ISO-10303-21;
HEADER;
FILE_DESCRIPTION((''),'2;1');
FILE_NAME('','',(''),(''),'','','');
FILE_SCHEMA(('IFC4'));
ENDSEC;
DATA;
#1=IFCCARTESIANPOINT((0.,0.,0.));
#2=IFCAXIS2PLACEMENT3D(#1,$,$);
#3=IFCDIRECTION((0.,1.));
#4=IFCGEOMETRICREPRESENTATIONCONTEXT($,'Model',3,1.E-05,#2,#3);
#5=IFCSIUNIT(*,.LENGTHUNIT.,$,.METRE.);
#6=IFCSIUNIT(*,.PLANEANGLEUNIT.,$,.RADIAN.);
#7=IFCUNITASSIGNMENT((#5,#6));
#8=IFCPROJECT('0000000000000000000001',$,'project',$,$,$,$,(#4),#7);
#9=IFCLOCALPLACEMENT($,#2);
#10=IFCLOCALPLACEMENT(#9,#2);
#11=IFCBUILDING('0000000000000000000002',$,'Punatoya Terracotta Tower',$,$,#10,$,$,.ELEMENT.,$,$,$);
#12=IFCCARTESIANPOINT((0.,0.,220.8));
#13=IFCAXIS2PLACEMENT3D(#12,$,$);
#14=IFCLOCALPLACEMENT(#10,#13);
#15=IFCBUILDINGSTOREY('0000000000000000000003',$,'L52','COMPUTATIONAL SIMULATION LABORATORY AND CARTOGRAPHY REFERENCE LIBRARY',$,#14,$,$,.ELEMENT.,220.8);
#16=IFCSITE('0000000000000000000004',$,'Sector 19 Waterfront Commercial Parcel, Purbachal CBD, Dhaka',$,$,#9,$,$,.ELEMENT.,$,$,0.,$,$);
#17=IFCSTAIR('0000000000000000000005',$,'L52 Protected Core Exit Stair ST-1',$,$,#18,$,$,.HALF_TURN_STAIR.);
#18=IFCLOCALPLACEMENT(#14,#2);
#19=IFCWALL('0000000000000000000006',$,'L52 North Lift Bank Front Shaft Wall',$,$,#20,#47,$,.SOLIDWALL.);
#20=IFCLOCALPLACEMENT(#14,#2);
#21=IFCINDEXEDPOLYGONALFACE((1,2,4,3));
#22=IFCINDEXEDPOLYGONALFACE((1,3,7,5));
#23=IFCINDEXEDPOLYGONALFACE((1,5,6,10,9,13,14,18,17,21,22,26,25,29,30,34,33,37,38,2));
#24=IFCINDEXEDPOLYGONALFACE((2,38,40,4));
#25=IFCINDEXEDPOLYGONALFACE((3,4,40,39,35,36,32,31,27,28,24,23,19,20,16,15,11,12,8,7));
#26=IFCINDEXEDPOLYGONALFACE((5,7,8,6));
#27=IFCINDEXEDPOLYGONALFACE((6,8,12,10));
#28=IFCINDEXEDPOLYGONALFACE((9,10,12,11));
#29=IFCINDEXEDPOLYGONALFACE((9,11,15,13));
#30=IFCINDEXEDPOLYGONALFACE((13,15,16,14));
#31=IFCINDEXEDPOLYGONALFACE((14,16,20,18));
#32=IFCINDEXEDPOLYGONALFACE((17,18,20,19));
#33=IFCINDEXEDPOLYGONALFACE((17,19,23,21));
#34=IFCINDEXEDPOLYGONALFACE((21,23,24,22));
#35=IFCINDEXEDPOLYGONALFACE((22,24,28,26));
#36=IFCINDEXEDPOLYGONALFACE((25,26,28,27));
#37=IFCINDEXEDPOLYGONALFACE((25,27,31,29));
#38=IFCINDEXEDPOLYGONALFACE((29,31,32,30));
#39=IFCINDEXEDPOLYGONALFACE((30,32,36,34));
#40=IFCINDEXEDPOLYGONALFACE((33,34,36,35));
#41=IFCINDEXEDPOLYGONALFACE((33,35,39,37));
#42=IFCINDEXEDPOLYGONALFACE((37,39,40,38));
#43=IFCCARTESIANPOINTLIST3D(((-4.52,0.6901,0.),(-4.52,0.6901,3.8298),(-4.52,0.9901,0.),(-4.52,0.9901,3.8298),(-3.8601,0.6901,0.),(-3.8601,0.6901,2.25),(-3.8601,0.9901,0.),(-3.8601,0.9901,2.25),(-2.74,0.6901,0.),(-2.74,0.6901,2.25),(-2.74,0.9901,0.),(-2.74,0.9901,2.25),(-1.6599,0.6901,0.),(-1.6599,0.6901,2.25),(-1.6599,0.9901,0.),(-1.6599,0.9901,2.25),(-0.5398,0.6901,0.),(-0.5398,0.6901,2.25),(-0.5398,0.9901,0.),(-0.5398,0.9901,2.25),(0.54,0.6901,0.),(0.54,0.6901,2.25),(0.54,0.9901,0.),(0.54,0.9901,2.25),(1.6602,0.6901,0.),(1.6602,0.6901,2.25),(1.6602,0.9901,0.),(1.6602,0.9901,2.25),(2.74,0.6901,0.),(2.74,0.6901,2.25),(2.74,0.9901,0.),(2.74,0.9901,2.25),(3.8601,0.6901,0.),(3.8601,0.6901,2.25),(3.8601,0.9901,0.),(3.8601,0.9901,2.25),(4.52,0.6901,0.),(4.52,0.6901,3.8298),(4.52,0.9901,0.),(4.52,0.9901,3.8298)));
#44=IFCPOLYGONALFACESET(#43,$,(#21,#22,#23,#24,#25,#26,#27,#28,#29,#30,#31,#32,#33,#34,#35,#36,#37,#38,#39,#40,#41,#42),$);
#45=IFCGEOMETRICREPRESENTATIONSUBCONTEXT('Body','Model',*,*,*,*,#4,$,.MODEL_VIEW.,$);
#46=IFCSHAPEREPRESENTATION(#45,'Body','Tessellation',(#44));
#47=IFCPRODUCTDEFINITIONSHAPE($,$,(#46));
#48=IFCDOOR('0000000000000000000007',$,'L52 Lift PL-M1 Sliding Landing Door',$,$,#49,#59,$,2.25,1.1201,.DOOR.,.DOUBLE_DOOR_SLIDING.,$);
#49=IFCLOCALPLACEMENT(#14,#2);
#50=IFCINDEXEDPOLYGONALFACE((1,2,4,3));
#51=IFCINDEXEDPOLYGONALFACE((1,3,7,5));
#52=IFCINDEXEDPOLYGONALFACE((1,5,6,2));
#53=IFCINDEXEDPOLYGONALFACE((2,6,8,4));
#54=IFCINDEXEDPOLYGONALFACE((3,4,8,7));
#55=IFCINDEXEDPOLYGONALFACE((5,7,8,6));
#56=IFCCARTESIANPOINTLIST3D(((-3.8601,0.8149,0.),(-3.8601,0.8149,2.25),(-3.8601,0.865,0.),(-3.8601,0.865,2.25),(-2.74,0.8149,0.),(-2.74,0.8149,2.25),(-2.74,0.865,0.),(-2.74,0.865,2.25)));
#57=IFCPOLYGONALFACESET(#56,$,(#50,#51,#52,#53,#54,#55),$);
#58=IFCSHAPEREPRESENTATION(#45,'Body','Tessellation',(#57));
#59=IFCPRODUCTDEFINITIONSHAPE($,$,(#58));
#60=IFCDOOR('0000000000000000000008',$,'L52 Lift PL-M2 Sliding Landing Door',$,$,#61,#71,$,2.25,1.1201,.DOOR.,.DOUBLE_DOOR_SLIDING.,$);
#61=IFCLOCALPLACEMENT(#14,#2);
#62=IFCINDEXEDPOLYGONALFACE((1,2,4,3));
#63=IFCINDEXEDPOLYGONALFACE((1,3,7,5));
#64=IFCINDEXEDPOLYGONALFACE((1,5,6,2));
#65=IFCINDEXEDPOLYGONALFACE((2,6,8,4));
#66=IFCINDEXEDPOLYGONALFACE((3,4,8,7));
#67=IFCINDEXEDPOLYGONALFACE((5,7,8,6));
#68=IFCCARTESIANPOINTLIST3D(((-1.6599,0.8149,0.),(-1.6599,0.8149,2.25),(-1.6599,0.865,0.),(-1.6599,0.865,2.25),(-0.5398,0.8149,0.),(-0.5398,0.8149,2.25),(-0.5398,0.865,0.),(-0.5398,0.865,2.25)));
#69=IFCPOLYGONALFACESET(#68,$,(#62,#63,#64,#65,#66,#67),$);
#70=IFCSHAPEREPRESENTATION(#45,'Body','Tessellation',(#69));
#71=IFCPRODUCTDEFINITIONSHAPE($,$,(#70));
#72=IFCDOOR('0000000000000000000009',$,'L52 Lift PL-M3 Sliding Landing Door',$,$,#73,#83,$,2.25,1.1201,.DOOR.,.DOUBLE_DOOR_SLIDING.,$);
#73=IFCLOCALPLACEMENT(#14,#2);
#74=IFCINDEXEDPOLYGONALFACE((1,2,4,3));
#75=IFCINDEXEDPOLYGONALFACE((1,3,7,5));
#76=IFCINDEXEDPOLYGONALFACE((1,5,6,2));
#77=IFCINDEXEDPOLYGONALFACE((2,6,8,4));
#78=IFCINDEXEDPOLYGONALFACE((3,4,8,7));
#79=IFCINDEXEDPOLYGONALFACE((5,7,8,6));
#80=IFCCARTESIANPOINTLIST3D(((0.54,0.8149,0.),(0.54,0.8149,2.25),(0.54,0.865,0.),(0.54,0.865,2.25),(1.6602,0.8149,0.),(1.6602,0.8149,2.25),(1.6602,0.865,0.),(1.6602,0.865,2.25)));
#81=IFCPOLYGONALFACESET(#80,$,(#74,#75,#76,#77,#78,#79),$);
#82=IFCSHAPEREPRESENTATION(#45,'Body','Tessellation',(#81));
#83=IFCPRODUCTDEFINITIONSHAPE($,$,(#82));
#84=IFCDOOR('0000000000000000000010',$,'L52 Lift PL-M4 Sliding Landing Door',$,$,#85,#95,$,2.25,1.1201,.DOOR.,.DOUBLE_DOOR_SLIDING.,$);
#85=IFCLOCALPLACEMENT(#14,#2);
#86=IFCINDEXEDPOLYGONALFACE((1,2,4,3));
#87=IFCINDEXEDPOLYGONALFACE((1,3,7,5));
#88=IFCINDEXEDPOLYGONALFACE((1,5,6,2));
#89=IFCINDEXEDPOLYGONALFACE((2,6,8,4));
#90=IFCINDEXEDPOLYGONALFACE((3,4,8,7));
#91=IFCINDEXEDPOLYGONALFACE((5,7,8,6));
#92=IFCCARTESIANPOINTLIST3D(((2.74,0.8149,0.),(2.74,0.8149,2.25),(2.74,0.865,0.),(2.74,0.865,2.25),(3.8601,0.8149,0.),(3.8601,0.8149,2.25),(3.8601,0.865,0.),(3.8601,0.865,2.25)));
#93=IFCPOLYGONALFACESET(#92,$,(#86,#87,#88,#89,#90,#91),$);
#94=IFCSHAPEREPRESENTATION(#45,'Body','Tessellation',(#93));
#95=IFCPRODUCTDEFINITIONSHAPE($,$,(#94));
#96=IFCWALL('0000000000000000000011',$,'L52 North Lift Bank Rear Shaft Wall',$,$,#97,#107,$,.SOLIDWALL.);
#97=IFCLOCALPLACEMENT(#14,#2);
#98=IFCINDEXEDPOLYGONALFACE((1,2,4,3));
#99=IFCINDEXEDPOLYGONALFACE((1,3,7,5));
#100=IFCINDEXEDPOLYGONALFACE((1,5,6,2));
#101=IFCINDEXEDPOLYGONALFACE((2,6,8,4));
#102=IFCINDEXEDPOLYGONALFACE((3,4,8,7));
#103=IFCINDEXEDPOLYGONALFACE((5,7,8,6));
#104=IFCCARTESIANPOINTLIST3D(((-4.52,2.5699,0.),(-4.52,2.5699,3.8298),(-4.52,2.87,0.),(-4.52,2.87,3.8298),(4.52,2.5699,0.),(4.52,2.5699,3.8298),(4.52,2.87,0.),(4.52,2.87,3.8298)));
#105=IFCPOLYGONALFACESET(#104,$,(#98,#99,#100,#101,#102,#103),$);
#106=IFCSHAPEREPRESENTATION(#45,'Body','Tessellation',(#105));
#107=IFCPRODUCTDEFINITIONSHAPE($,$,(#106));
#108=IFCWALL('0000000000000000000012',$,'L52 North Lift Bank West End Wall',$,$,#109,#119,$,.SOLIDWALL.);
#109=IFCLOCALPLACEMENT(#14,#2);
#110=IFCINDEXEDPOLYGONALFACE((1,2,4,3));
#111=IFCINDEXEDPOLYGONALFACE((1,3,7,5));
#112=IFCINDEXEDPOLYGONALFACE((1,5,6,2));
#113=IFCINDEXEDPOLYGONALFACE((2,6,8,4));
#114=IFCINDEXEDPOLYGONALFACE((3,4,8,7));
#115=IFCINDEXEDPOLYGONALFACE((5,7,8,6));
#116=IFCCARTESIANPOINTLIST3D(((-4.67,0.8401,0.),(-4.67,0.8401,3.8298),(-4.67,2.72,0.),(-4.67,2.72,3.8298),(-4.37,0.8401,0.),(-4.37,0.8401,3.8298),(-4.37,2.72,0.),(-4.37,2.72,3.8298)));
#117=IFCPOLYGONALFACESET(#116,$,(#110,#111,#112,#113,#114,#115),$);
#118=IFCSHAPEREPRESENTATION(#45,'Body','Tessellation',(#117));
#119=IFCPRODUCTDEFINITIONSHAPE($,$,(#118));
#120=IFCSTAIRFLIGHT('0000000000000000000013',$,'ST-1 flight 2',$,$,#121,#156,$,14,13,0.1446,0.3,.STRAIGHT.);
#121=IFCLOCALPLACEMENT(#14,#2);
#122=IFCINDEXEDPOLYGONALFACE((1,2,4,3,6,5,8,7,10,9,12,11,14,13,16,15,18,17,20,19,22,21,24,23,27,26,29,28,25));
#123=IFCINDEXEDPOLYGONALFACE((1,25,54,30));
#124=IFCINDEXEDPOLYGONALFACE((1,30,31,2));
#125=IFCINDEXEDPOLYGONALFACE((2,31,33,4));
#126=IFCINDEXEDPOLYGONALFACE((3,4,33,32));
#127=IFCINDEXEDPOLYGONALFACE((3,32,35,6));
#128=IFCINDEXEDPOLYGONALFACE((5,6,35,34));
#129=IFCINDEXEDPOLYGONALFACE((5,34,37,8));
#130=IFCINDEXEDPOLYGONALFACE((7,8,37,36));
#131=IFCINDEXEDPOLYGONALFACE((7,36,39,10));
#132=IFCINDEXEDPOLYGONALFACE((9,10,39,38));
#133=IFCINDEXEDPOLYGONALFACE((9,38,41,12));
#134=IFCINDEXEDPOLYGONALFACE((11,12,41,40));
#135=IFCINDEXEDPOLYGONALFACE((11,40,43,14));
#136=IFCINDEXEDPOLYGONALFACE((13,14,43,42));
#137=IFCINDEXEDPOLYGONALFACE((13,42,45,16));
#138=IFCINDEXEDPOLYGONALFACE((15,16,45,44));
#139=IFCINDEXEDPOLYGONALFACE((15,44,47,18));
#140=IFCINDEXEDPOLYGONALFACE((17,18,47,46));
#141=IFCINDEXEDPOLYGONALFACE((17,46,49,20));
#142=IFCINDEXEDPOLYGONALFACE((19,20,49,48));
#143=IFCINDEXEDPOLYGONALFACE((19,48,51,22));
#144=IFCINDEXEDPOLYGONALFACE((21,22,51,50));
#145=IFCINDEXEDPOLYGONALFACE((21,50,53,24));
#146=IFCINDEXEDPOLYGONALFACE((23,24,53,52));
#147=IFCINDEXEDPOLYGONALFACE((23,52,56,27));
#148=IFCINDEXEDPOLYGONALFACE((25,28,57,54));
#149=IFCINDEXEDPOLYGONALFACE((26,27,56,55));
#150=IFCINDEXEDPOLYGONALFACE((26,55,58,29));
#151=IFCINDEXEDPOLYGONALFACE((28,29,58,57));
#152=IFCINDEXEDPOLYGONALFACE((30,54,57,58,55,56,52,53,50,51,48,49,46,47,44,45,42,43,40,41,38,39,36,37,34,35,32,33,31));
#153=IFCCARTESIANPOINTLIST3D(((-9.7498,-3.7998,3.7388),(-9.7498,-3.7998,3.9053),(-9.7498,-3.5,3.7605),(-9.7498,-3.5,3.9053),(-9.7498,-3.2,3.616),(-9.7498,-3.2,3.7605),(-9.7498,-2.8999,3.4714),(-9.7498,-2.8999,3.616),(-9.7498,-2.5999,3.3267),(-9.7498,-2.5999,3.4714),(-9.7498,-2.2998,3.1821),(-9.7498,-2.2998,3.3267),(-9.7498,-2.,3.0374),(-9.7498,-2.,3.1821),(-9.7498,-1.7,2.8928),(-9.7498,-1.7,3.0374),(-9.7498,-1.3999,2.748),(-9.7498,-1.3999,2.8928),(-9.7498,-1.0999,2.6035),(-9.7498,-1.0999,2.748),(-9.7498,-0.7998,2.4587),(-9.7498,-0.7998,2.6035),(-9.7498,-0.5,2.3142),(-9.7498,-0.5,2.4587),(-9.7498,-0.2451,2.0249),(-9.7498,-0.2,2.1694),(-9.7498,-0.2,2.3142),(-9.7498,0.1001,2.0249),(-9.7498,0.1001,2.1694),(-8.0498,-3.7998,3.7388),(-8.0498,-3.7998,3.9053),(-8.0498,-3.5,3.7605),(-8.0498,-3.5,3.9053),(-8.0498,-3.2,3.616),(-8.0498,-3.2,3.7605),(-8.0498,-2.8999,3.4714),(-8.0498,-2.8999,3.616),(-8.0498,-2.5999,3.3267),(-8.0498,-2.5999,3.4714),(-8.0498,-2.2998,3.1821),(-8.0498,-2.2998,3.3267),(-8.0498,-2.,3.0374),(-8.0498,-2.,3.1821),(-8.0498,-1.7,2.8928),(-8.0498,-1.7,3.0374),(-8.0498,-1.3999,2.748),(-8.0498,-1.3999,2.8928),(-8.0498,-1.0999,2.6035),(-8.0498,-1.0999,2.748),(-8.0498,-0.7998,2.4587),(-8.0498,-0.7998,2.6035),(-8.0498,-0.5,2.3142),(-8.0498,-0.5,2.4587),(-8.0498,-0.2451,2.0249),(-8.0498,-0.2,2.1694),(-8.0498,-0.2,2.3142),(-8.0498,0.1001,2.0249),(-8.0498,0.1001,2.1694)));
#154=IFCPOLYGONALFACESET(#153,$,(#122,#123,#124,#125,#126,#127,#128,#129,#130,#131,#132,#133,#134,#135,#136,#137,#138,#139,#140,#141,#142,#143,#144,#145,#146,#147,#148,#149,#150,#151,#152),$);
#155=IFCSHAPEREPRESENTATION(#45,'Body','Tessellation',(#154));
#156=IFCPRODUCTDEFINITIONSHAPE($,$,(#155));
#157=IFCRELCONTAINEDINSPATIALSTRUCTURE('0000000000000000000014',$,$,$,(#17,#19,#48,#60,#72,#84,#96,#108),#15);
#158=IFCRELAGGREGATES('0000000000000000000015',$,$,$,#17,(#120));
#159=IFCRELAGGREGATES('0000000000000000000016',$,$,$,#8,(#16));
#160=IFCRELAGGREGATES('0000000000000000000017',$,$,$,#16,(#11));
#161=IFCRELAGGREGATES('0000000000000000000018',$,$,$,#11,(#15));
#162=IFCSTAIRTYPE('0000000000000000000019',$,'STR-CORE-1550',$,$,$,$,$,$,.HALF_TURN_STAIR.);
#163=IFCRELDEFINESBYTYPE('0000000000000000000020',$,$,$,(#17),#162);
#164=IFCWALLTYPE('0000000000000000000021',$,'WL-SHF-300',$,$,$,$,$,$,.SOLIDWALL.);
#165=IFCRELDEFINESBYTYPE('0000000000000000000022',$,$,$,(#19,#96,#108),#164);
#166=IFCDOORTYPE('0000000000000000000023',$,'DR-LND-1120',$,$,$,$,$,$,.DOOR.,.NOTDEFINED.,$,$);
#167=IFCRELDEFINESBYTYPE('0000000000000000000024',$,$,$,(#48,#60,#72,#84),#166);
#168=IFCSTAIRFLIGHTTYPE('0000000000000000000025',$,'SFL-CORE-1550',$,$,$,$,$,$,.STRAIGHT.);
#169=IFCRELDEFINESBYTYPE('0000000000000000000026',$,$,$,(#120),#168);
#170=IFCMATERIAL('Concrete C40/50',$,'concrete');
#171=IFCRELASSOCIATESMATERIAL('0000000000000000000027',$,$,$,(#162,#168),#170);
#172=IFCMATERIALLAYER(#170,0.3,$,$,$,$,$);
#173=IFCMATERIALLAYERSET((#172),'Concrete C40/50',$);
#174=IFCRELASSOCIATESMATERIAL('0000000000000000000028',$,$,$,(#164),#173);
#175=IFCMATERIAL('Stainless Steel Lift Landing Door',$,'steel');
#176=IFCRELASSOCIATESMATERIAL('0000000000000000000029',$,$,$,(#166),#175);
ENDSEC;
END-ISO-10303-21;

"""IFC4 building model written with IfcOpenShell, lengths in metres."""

from ifc_helpers import new_model, si_unit, direction, frame, frame_2d, origin, place, context, subcontext, project, spatial, polyline, rectangle, outline, extrude, material, layer, layer_set, type_object, element, fill, aggregate, save


model = new_model("IFC4")

# Units and contexts
model_context = context("Model", 3, precision=1e-05, world=origin(), true_north=direction((0.0, 1.0)))
body_context = subcontext(model_context, "Body", "Model", "MODEL_VIEW")
ifc_project = project(units=[si_unit("LENGTHUNIT", "METRE"), si_unit("PLANEANGLEUNIT", "RADIAN")], contexts=[model_context])

# Site, building, storey
site_placement = place(None, origin())
site = spatial("IfcSite", under=ifc_project, at=site_placement, Name="Sector 19 Waterfront Commercial Parcel, Purbachal CBD, Dhaka", CompositionType="ELEMENT", RefElevation=0.0)
building_placement = place(site_placement, origin())
building = spatial("IfcBuilding", under=site, at=building_placement, Name="Punatoya Terracotta Tower", CompositionType="ELEMENT")
storey_placement = place(building_placement, frame((0.0, 0.0, 220.8)))
storey = spatial("IfcBuildingStorey", under=building, at=storey_placement, Name="L52", Description="COMPUTATIONAL SIMULATION LABORATORY AND CARTOGRAPHY REFERENCE LIBRARY", CompositionType="ELEMENT", Elevation=220.8)

# Stair
ifc_material_1 = material(Name="Concrete C40/50", Category="concrete")
stair_type_1 = type_object("IfcStairType", Name="STR-CORE-1550", PredefinedType="HALF_TURN_STAIR", material=ifc_material_1)
stair_1_placement = place(storey_placement, origin())
stair_1 = element("IfcStair", 1, at=stair_1_placement, inside=storey, type_object=stair_type_1, Name="L52 Protected Core Exit Stair ST-1", PredefinedType="HALF_TURN_STAIR")

# Shared definitions
ifc_layer_1 = layer(ifc_material_1, 0.3)
ifc_layer_set_1 = layer_set([ifc_layer_1], Name="Concrete C40/50")
wall_type_1 = type_object("IfcWallType", Name="WL-SHF-300", PredefinedType="SOLIDWALL", material=ifc_layer_set_1)

# Wall, openings, doors
wall_1_placement = place(storey_placement, frame((-4.52, 0.8401, 0.0), z_axis=(0.0, 0.0, 1.0), x_axis=(1.0, 0.0, 0.0)))
wall_1 = element("IfcWall", 2, at=wall_1_placement, inside=storey, type_object=wall_type_1, Name="L52 North Lift Bank Front Shaft Wall", PredefinedType="SOLIDWALL", context=body_context, shape_type="SweptSolid", body=[
    extrude(rectangle(XDim=9.04, YDim=0.3, at=frame_2d((4.52, 0.0))), origin(), (0.0, 0.0, 1.0), 3.8298),
])
opening_1_placement = place(wall_1_placement, frame((0.6599, 0.0, 0.0)))
opening_1 = element("IfcOpeningElement", 3, at=opening_1_placement, cuts=wall_1, PredefinedType="OPENING", context=body_context, shape_type="SweptSolid", body=[
    extrude(rectangle(XDim=1.1201, YDim=2.25, at=frame_2d((0.5601, 1.125))), frame((0.0, 0.1599, 0.0), z_axis=(0.0, -1.0, 0.0), x_axis=(1.0, 0.0, 0.0)), (0.0, 0.0, 1.0), 0.3201),
])
opening_2_placement = place(wall_1_placement, frame((2.8601, 0.0, 0.0)))
opening_2 = element("IfcOpeningElement", 4, at=opening_2_placement, cuts=wall_1, PredefinedType="OPENING", context=body_context, shape_type="SweptSolid", body=[
    extrude(rectangle(XDim=1.1201, YDim=2.25, at=frame_2d((0.5601, 1.125))), frame((0.0, 0.1599, 0.0), z_axis=(0.0, -1.0, 0.0), x_axis=(1.0, 0.0, 0.0)), (0.0, 0.0, 1.0), 0.3201),
])
opening_3_placement = place(wall_1_placement, frame((5.0601, 0.0, 0.0)))
opening_3 = element("IfcOpeningElement", 5, at=opening_3_placement, cuts=wall_1, PredefinedType="OPENING", context=body_context, shape_type="SweptSolid", body=[
    extrude(rectangle(XDim=1.1201, YDim=2.25, at=frame_2d((0.5601, 1.125))), frame((0.0, 0.1599, 0.0), z_axis=(0.0, -1.0, 0.0), x_axis=(1.0, 0.0, 0.0)), (0.0, 0.0, 1.0), 0.3201),
])
opening_4_placement = place(wall_1_placement, frame((7.26, 0.0, 0.0)))
opening_4 = element("IfcOpeningElement", 6, at=opening_4_placement, cuts=wall_1, PredefinedType="OPENING", context=body_context, shape_type="SweptSolid", body=[
    extrude(rectangle(XDim=1.1201, YDim=2.25, at=frame_2d((0.5601, 1.125))), frame((0.0, 0.1599, 0.0), z_axis=(0.0, -1.0, 0.0), x_axis=(1.0, 0.0, 0.0)), (0.0, 0.0, 1.0), 0.3201),
])
ifc_material_2 = material(Name="Stainless Steel Lift Landing Door", Category="steel")
door_type_1 = type_object("IfcDoorType", Name="DR-LND-1120", OperationType="NOTDEFINED", PredefinedType="DOOR", material=ifc_material_2)
door_1_placement = place(opening_1_placement, origin())
door_1 = element("IfcDoor", 7, at=door_1_placement, inside=storey, type_object=door_type_1, Name="L52 Lift PL-M1 Sliding Landing Door", OperationType="DOUBLE_DOOR_SLIDING", OverallHeight=2.25, OverallWidth=1.1201, PredefinedType="DOOR", context=body_context, shape_type="SweptSolid", body=[
    extrude(rectangle(XDim=1.1201, YDim=2.25, at=frame_2d((0.5601, 1.125))), frame((0.0, 0.0249, 0.0), z_axis=(0.0, -1.0, 0.0), x_axis=(1.0, 0.0, 0.0)), (0.0, 0.0, 1.0), 0.05),
])
fill(opening_1, door_1)
door_2_placement = place(opening_2_placement, origin())
door_2 = element("IfcDoor", 8, at=door_2_placement, inside=storey, type_object=door_type_1, Name="L52 Lift PL-M2 Sliding Landing Door", OperationType="DOUBLE_DOOR_SLIDING", OverallHeight=2.25, OverallWidth=1.1201, PredefinedType="DOOR", context=body_context, shape_type="SweptSolid", body=[
    extrude(rectangle(XDim=1.1201, YDim=2.25, at=frame_2d((0.5601, 1.125))), frame((0.0, 0.0249, 0.0), z_axis=(0.0, -1.0, 0.0), x_axis=(1.0, 0.0, 0.0)), (0.0, 0.0, 1.0), 0.05),
])
fill(opening_2, door_2)
door_3_placement = place(opening_3_placement, origin())
door_3 = element("IfcDoor", 9, at=door_3_placement, inside=storey, type_object=door_type_1, Name="L52 Lift PL-M3 Sliding Landing Door", OperationType="DOUBLE_DOOR_SLIDING", OverallHeight=2.25, OverallWidth=1.1201, PredefinedType="DOOR", context=body_context, shape_type="SweptSolid", body=[
    extrude(rectangle(XDim=1.1201, YDim=2.25, at=frame_2d((0.5601, 1.125))), frame((0.0, 0.0249, 0.0), z_axis=(0.0, -1.0, 0.0), x_axis=(1.0, 0.0, 0.0)), (0.0, 0.0, 1.0), 0.05),
])
fill(opening_3, door_3)
door_4_placement = place(opening_4_placement, origin())
door_4 = element("IfcDoor", 10, at=door_4_placement, inside=storey, type_object=door_type_1, Name="L52 Lift PL-M4 Sliding Landing Door", OperationType="DOUBLE_DOOR_SLIDING", OverallHeight=2.25, OverallWidth=1.1201, PredefinedType="DOOR", context=body_context, shape_type="SweptSolid", body=[
    extrude(rectangle(XDim=1.1201, YDim=2.25, at=frame_2d((0.5601, 1.125))), frame((0.0, 0.0249, 0.0), z_axis=(0.0, -1.0, 0.0), x_axis=(1.0, 0.0, 0.0)), (0.0, 0.0, 1.0), 0.05),
])
fill(opening_4, door_4)

# Walls
wall_2_placement = place(storey_placement, frame((-4.52, 2.72, 0.0), z_axis=(0.0, 0.0, 1.0), x_axis=(1.0, 0.0, 0.0)))
element("IfcWall", 11, at=wall_2_placement, inside=storey, type_object=wall_type_1, Name="L52 North Lift Bank Rear Shaft Wall", PredefinedType="SOLIDWALL", context=body_context, shape_type="SweptSolid", body=[
    extrude(rectangle(XDim=9.04, YDim=0.3, at=frame_2d((4.52, 0.0))), origin(), (0.0, 0.0, 1.0), 3.8298),
])
wall_3_placement = place(storey_placement, frame((-4.52, 0.8401, 0.0), z_axis=(0.0, 0.0, 1.0), x_axis=(0.0, 1.0, 0.0)))
element("IfcWall", 12, at=wall_3_placement, inside=storey, type_object=wall_type_1, Name="L52 North Lift Bank West End Wall", PredefinedType="SOLIDWALL", context=body_context, shape_type="SweptSolid", body=[
    extrude(rectangle(XDim=1.8799, YDim=0.3, at=frame_2d((0.9399, 0.0))), origin(), (0.0, 0.0, 1.0), 3.8298),
])

# Stair flight
stair_flight_type = type_object("IfcStairFlightType", Name="SFL-CORE-1550", PredefinedType="STRAIGHT", material=ifc_material_1)
stair_flight_placement = place(storey_placement, frame((-8.8999, 0.1001, 2.0249), z_axis=(0.0, 0.0, 1.0), x_axis=(0.0, -1.0, 0.0)))
stair_flight = element("IfcStairFlight", 13, at=stair_flight_placement, type_object=stair_flight_type, Name="ST-1 flight 2", NumberOfRisers=14, NumberOfTreads=13, PredefinedType="STRAIGHT", RiserHeight=0.1446, TreadLength=0.3, context=body_context, shape_type="SweptSolid", body=[
    extrude(outline(polyline([(0.0, 0.0), (0.0, 0.1445), (0.3, 0.1445), (0.3, 0.2893), (0.6001, 0.2893), (0.6001, 0.4338), (0.8999, 0.4338), (0.8999, 0.5786), (1.2, 0.5786), (1.2, 0.7231), (1.5, 0.7231), (1.5, 0.8679), (1.8, 0.8679), (1.8, 1.0125), (2.1001, 1.0125), (2.1001, 1.1572), (2.3999, 1.1572), (2.3999, 1.3018), (2.7, 1.3018), (2.7, 1.4465), (3.0, 1.4465), (3.0, 1.5911), (3.3, 1.5911), (3.3, 1.7356), (3.6001, 1.7356), (3.6001, 1.8804), (3.8999, 1.8804), (3.8999, 2.0249), (3.8999, 1.7139), (0.3452, 0.0), (0.0, 0.0)])), frame((0.0, 0.8501, 0.0), z_axis=(0.0, -1.0, 0.0), x_axis=(1.0, 0.0, 0.0)), (0.0, 0.0, 1.0), 1.7),
])
aggregate(stair_1, [stair_flight])

save(model, "model.ifc")
